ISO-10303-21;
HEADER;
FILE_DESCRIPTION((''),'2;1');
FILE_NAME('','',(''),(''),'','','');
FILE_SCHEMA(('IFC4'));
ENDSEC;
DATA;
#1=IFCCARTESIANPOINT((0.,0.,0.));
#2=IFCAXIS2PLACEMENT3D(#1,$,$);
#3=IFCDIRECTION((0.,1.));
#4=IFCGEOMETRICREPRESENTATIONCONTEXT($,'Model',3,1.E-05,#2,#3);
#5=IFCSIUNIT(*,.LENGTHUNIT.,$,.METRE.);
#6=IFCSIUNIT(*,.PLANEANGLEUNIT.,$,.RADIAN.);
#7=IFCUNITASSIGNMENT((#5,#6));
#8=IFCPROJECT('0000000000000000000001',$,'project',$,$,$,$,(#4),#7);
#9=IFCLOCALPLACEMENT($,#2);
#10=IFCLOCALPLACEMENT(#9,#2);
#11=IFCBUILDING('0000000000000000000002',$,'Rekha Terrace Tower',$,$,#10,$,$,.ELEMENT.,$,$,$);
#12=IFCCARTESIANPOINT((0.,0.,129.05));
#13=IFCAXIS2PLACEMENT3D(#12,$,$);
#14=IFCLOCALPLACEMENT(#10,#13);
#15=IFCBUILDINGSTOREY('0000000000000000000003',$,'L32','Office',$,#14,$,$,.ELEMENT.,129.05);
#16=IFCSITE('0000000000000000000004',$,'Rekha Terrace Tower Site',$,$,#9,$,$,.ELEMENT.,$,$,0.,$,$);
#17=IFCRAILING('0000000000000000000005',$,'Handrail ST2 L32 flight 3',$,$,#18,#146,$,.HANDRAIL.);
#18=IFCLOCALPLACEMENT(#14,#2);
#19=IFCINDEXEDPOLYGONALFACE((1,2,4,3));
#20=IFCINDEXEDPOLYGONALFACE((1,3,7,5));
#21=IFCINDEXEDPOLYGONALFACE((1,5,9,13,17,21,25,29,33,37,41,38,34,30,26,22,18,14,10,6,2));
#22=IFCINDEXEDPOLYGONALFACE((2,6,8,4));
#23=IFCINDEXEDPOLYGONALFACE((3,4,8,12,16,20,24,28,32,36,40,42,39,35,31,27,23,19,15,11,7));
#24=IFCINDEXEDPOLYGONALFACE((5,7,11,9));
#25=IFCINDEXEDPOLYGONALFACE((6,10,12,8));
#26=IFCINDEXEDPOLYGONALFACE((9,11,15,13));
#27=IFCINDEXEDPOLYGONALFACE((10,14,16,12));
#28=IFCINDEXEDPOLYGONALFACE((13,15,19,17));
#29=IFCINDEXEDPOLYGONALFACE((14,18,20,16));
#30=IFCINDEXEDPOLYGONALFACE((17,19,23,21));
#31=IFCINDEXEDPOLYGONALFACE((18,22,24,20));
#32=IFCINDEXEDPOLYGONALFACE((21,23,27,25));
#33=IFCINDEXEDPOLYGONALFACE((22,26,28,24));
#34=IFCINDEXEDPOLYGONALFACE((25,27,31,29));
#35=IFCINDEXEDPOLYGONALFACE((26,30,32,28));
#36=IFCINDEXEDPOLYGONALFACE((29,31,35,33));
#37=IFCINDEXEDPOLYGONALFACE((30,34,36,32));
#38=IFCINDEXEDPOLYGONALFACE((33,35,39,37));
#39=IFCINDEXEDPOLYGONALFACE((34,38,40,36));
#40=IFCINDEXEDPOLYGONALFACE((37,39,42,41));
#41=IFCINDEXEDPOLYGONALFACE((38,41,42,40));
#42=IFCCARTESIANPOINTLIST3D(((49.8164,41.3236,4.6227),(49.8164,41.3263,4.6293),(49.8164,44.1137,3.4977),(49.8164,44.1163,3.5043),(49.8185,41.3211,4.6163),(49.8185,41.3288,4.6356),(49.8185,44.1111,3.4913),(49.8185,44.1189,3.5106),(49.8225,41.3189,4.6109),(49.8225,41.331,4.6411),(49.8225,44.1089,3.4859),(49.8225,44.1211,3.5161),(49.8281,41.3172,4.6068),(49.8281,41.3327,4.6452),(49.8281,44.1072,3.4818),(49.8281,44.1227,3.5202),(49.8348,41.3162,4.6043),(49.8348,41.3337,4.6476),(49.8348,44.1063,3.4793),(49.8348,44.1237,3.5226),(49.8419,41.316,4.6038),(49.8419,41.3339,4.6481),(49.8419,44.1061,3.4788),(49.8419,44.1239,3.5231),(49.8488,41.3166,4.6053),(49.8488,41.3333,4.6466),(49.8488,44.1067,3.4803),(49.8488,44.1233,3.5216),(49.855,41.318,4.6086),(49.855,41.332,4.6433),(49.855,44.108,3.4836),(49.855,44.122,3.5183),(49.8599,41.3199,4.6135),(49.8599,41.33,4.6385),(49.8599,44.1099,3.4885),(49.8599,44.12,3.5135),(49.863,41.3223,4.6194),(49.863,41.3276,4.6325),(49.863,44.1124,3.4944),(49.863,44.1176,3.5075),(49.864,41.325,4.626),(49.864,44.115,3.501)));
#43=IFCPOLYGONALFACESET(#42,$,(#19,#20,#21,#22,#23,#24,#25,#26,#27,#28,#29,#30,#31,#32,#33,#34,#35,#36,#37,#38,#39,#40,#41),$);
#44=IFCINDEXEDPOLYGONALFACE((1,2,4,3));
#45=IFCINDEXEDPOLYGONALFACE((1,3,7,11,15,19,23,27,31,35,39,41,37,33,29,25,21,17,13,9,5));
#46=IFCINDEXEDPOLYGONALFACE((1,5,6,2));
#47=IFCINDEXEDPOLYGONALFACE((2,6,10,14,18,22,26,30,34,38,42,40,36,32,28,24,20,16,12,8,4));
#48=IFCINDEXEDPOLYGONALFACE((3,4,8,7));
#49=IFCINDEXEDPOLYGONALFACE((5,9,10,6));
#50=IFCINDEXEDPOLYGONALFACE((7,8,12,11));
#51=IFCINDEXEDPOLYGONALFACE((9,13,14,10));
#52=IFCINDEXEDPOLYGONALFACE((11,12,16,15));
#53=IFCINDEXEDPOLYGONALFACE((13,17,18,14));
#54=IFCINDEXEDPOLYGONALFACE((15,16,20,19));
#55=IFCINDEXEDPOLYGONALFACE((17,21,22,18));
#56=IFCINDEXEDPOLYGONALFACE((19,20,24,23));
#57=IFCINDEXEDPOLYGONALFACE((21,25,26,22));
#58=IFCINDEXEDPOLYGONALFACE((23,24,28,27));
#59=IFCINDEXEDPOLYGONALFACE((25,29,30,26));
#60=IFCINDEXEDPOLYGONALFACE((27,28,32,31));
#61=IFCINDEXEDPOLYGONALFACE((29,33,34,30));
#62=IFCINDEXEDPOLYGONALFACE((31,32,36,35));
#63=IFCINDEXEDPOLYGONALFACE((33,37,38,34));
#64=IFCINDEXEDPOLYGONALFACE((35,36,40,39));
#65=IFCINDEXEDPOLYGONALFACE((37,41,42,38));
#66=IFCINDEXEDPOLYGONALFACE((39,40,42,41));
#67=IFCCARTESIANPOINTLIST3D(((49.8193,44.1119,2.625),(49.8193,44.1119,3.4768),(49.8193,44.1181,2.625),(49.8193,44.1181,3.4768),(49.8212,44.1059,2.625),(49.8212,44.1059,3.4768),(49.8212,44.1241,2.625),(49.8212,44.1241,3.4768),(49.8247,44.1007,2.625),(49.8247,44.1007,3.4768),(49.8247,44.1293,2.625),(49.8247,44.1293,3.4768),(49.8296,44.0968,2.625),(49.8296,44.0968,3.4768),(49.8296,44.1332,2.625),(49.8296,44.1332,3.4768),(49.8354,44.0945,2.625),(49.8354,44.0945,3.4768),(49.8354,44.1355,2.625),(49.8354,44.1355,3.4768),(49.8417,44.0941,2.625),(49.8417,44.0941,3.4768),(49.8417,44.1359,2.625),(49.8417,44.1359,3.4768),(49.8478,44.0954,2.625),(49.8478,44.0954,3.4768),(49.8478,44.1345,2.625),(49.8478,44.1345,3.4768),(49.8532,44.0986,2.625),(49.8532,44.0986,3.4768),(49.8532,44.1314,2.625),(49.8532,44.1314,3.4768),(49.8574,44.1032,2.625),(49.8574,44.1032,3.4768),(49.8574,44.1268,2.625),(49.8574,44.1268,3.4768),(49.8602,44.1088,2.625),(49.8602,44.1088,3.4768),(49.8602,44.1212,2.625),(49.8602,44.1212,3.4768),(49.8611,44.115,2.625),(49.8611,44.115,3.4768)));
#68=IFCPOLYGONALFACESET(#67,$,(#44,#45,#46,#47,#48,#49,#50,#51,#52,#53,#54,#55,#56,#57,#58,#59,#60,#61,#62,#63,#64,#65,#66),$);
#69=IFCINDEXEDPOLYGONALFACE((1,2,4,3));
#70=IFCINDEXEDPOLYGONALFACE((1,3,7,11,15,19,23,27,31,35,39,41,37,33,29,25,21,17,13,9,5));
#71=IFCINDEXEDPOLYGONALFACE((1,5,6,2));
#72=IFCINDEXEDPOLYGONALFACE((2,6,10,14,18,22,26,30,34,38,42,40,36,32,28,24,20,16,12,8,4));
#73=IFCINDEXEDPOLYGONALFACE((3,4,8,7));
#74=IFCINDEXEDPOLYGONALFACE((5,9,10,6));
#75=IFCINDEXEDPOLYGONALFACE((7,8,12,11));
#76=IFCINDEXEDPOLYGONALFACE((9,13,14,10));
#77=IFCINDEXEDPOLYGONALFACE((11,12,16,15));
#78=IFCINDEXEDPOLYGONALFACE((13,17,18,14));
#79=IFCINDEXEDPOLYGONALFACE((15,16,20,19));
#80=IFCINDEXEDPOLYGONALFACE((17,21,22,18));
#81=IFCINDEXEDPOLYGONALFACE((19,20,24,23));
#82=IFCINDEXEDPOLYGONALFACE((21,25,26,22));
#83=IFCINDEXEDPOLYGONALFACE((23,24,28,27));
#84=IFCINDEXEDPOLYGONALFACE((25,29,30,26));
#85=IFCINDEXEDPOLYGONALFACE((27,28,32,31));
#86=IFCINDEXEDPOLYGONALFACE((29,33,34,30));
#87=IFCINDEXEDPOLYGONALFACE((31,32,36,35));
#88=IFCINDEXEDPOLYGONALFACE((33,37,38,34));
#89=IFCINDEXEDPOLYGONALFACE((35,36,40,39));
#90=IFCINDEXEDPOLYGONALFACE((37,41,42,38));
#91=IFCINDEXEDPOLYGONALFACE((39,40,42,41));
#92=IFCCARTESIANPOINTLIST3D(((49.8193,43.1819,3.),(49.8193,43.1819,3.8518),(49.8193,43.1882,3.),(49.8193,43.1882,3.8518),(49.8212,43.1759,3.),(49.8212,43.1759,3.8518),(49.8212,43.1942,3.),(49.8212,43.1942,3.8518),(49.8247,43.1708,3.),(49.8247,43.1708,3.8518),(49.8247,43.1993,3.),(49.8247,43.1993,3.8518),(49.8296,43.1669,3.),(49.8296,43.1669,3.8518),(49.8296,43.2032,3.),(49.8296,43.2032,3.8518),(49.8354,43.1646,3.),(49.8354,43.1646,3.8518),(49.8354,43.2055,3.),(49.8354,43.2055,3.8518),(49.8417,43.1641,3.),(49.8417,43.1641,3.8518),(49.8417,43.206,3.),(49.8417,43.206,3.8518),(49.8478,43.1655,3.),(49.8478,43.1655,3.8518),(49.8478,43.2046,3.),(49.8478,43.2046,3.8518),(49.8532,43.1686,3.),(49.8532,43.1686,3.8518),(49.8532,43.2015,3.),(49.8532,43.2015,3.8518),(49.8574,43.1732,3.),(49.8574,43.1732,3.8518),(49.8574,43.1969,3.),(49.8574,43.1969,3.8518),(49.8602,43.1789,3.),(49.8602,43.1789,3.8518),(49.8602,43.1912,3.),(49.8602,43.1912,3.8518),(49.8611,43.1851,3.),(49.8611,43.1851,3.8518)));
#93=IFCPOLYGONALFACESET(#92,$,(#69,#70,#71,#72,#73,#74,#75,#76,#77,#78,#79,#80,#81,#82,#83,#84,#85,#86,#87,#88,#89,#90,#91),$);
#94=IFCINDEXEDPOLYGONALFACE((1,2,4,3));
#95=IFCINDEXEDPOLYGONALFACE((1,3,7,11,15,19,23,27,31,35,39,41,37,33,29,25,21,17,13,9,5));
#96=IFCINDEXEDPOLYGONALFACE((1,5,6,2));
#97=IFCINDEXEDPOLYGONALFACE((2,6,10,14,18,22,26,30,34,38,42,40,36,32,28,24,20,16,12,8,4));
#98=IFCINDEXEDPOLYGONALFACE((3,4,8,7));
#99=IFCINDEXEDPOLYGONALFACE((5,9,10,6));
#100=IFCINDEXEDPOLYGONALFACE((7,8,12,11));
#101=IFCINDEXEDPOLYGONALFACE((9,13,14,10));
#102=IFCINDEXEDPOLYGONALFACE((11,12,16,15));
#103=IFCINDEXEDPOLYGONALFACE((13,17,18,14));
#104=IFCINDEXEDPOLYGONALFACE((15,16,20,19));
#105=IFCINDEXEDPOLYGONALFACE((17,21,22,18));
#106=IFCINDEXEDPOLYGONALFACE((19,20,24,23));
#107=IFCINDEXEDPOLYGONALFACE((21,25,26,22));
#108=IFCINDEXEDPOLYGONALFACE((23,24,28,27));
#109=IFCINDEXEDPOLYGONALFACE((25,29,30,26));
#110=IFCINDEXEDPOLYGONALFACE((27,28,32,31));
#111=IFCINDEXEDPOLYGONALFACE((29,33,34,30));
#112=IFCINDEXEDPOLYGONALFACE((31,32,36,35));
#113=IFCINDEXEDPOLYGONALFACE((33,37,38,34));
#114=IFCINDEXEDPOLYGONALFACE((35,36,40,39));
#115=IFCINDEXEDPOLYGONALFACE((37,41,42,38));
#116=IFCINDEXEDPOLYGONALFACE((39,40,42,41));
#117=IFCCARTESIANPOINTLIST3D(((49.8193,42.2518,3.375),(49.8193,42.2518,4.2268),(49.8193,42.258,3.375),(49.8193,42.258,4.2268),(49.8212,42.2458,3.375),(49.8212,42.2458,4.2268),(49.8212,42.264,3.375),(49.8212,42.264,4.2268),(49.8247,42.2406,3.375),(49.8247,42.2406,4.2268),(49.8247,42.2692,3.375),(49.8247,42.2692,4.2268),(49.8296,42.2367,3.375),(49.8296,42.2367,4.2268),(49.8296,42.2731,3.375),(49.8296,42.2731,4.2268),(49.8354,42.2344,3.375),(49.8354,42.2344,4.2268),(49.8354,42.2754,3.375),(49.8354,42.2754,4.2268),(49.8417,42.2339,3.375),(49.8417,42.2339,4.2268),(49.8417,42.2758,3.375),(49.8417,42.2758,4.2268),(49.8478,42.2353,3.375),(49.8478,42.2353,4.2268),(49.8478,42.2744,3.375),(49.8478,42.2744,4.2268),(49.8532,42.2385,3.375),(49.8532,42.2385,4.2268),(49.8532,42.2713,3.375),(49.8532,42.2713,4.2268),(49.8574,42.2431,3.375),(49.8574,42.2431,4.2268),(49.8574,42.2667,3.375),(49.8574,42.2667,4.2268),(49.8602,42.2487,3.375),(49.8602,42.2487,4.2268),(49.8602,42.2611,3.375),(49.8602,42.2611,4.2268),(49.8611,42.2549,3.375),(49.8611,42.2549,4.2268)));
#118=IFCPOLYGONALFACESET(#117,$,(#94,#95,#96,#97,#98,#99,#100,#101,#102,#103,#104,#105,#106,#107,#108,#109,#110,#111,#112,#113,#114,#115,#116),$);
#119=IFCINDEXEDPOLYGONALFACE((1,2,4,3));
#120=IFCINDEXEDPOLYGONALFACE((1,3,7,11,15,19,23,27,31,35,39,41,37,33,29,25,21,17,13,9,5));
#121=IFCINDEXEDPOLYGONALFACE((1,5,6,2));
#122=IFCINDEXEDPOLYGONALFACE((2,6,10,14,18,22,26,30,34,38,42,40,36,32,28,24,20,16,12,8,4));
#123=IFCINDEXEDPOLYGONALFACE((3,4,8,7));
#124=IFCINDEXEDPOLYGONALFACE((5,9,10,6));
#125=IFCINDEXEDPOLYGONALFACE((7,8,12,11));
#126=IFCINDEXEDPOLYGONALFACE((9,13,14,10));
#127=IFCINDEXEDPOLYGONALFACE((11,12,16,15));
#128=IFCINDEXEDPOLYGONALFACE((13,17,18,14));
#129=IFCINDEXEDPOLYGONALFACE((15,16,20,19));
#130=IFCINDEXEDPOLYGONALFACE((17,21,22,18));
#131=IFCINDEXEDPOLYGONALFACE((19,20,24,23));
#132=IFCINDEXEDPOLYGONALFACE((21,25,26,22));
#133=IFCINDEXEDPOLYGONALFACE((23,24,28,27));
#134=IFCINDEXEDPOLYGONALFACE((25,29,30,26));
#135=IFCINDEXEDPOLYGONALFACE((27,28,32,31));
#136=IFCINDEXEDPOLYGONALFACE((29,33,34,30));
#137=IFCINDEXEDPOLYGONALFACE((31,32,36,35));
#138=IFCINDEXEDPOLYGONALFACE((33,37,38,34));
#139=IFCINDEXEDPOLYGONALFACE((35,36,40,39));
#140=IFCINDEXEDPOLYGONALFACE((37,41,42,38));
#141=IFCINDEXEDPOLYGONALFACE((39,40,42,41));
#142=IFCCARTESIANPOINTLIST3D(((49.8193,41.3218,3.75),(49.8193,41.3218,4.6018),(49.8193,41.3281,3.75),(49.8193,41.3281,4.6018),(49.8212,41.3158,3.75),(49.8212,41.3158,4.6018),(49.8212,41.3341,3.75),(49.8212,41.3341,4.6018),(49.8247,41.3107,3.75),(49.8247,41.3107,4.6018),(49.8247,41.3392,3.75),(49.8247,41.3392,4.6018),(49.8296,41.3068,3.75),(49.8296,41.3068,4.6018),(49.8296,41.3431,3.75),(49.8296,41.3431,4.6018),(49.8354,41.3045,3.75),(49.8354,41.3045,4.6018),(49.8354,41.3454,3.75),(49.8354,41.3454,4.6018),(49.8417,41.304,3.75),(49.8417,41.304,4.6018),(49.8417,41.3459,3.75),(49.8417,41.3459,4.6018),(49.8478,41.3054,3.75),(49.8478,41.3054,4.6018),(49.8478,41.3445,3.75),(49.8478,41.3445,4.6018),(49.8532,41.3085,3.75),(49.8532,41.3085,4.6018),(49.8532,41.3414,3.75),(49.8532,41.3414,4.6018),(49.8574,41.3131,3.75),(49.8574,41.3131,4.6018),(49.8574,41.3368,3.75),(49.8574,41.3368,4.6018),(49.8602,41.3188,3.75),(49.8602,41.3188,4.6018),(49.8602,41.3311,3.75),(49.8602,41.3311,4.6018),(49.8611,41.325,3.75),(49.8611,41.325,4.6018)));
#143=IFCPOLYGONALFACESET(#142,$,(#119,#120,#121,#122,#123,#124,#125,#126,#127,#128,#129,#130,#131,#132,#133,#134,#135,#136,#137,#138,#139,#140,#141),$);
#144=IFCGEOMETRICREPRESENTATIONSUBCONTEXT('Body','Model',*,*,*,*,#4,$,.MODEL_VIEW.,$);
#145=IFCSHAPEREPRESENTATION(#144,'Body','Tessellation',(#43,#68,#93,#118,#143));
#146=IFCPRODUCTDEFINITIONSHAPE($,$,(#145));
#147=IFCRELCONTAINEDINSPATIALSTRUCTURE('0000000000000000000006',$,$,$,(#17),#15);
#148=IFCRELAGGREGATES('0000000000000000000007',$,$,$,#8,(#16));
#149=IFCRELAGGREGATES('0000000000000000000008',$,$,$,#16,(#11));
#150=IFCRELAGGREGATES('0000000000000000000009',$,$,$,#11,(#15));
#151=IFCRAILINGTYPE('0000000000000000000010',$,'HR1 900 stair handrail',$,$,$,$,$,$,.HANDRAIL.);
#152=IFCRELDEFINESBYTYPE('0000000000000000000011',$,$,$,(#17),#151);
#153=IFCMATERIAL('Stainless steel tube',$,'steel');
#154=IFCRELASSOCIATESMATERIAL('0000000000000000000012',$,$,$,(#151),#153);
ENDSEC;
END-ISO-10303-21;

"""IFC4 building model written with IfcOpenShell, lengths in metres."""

from ifc_helpers import new_model, si_unit, direction, frame, origin, origin_2d, place, context, subcontext, project, spatial, circle, extrude, material, type_object, element, save


model = new_model("IFC4")

# Units and contexts
model_context = context("Model", 3, precision=1e-05, world=origin(), true_north=direction((0.0, 1.0)))
body_context = subcontext(model_context, "Body", "Model", "MODEL_VIEW")
ifc_project = project(units=[si_unit("LENGTHUNIT", "METRE"), si_unit("PLANEANGLEUNIT", "RADIAN")], contexts=[model_context])

# Site, building, storey
site_placement = place(None, origin())
site = spatial("IfcSite", under=ifc_project, at=site_placement, Name="Rekha Terrace Tower Site", CompositionType="ELEMENT", RefElevation=0.0)
building_placement = place(site_placement, origin())
building = spatial("IfcBuilding", under=site, at=building_placement, Name="Rekha Terrace Tower", CompositionType="ELEMENT")
storey_placement = place(building_placement, frame((0.0, 0.0, 129.05)))
storey = spatial("IfcBuildingStorey", under=building, at=storey_placement, Name="L32", Description="Office", CompositionType="ELEMENT", Elevation=129.05)

# Railing
ifc_material_1 = material(Name="Stainless steel tube", Category="steel")
railing_type_1 = type_object("IfcRailingType", Name="HR1 900 stair handrail", PredefinedType="HANDRAIL", material=ifc_material_1)
railing_1_placement = place(storey_placement, frame((49.8401, 44.115, 2.625)))
element("IfcRailing", 1, at=railing_1_placement, inside=storey, type_object=railing_type_1, Name="Handrail ST2 L32 flight 3", PredefinedType="HANDRAIL", context=body_context, shape_type="SweptSolid", body=[
    extrude(circle(Radius=0.0239, at=origin_2d()), frame((0.0, 0.0, 0.876), z_axis=(0.0, -0.927443, 0.373964), x_axis=(1.0, 0.0, 0.0)), (0.0, 0.0, 1.0), 3.0083),
    extrude(circle(Radius=0.021, at=origin_2d()), origin(), (0.0, 0.0, 1.0), 0.8518),
    extrude(circle(Radius=0.021, at=origin_2d()), frame((0.0, -0.9299, 0.375)), (0.0, 0.0, 1.0), 0.8518),
    extrude(circle(Radius=0.021, at=origin_2d()), frame((0.0, -1.8601, 0.75)), (0.0, 0.0, 1.0), 0.8518),
    extrude(circle(Radius=0.021, at=origin_2d()), frame((0.0, -2.79, 1.125)), (0.0, 0.0, 1.0), 0.8518),
])

save(model, "model.ifc")
